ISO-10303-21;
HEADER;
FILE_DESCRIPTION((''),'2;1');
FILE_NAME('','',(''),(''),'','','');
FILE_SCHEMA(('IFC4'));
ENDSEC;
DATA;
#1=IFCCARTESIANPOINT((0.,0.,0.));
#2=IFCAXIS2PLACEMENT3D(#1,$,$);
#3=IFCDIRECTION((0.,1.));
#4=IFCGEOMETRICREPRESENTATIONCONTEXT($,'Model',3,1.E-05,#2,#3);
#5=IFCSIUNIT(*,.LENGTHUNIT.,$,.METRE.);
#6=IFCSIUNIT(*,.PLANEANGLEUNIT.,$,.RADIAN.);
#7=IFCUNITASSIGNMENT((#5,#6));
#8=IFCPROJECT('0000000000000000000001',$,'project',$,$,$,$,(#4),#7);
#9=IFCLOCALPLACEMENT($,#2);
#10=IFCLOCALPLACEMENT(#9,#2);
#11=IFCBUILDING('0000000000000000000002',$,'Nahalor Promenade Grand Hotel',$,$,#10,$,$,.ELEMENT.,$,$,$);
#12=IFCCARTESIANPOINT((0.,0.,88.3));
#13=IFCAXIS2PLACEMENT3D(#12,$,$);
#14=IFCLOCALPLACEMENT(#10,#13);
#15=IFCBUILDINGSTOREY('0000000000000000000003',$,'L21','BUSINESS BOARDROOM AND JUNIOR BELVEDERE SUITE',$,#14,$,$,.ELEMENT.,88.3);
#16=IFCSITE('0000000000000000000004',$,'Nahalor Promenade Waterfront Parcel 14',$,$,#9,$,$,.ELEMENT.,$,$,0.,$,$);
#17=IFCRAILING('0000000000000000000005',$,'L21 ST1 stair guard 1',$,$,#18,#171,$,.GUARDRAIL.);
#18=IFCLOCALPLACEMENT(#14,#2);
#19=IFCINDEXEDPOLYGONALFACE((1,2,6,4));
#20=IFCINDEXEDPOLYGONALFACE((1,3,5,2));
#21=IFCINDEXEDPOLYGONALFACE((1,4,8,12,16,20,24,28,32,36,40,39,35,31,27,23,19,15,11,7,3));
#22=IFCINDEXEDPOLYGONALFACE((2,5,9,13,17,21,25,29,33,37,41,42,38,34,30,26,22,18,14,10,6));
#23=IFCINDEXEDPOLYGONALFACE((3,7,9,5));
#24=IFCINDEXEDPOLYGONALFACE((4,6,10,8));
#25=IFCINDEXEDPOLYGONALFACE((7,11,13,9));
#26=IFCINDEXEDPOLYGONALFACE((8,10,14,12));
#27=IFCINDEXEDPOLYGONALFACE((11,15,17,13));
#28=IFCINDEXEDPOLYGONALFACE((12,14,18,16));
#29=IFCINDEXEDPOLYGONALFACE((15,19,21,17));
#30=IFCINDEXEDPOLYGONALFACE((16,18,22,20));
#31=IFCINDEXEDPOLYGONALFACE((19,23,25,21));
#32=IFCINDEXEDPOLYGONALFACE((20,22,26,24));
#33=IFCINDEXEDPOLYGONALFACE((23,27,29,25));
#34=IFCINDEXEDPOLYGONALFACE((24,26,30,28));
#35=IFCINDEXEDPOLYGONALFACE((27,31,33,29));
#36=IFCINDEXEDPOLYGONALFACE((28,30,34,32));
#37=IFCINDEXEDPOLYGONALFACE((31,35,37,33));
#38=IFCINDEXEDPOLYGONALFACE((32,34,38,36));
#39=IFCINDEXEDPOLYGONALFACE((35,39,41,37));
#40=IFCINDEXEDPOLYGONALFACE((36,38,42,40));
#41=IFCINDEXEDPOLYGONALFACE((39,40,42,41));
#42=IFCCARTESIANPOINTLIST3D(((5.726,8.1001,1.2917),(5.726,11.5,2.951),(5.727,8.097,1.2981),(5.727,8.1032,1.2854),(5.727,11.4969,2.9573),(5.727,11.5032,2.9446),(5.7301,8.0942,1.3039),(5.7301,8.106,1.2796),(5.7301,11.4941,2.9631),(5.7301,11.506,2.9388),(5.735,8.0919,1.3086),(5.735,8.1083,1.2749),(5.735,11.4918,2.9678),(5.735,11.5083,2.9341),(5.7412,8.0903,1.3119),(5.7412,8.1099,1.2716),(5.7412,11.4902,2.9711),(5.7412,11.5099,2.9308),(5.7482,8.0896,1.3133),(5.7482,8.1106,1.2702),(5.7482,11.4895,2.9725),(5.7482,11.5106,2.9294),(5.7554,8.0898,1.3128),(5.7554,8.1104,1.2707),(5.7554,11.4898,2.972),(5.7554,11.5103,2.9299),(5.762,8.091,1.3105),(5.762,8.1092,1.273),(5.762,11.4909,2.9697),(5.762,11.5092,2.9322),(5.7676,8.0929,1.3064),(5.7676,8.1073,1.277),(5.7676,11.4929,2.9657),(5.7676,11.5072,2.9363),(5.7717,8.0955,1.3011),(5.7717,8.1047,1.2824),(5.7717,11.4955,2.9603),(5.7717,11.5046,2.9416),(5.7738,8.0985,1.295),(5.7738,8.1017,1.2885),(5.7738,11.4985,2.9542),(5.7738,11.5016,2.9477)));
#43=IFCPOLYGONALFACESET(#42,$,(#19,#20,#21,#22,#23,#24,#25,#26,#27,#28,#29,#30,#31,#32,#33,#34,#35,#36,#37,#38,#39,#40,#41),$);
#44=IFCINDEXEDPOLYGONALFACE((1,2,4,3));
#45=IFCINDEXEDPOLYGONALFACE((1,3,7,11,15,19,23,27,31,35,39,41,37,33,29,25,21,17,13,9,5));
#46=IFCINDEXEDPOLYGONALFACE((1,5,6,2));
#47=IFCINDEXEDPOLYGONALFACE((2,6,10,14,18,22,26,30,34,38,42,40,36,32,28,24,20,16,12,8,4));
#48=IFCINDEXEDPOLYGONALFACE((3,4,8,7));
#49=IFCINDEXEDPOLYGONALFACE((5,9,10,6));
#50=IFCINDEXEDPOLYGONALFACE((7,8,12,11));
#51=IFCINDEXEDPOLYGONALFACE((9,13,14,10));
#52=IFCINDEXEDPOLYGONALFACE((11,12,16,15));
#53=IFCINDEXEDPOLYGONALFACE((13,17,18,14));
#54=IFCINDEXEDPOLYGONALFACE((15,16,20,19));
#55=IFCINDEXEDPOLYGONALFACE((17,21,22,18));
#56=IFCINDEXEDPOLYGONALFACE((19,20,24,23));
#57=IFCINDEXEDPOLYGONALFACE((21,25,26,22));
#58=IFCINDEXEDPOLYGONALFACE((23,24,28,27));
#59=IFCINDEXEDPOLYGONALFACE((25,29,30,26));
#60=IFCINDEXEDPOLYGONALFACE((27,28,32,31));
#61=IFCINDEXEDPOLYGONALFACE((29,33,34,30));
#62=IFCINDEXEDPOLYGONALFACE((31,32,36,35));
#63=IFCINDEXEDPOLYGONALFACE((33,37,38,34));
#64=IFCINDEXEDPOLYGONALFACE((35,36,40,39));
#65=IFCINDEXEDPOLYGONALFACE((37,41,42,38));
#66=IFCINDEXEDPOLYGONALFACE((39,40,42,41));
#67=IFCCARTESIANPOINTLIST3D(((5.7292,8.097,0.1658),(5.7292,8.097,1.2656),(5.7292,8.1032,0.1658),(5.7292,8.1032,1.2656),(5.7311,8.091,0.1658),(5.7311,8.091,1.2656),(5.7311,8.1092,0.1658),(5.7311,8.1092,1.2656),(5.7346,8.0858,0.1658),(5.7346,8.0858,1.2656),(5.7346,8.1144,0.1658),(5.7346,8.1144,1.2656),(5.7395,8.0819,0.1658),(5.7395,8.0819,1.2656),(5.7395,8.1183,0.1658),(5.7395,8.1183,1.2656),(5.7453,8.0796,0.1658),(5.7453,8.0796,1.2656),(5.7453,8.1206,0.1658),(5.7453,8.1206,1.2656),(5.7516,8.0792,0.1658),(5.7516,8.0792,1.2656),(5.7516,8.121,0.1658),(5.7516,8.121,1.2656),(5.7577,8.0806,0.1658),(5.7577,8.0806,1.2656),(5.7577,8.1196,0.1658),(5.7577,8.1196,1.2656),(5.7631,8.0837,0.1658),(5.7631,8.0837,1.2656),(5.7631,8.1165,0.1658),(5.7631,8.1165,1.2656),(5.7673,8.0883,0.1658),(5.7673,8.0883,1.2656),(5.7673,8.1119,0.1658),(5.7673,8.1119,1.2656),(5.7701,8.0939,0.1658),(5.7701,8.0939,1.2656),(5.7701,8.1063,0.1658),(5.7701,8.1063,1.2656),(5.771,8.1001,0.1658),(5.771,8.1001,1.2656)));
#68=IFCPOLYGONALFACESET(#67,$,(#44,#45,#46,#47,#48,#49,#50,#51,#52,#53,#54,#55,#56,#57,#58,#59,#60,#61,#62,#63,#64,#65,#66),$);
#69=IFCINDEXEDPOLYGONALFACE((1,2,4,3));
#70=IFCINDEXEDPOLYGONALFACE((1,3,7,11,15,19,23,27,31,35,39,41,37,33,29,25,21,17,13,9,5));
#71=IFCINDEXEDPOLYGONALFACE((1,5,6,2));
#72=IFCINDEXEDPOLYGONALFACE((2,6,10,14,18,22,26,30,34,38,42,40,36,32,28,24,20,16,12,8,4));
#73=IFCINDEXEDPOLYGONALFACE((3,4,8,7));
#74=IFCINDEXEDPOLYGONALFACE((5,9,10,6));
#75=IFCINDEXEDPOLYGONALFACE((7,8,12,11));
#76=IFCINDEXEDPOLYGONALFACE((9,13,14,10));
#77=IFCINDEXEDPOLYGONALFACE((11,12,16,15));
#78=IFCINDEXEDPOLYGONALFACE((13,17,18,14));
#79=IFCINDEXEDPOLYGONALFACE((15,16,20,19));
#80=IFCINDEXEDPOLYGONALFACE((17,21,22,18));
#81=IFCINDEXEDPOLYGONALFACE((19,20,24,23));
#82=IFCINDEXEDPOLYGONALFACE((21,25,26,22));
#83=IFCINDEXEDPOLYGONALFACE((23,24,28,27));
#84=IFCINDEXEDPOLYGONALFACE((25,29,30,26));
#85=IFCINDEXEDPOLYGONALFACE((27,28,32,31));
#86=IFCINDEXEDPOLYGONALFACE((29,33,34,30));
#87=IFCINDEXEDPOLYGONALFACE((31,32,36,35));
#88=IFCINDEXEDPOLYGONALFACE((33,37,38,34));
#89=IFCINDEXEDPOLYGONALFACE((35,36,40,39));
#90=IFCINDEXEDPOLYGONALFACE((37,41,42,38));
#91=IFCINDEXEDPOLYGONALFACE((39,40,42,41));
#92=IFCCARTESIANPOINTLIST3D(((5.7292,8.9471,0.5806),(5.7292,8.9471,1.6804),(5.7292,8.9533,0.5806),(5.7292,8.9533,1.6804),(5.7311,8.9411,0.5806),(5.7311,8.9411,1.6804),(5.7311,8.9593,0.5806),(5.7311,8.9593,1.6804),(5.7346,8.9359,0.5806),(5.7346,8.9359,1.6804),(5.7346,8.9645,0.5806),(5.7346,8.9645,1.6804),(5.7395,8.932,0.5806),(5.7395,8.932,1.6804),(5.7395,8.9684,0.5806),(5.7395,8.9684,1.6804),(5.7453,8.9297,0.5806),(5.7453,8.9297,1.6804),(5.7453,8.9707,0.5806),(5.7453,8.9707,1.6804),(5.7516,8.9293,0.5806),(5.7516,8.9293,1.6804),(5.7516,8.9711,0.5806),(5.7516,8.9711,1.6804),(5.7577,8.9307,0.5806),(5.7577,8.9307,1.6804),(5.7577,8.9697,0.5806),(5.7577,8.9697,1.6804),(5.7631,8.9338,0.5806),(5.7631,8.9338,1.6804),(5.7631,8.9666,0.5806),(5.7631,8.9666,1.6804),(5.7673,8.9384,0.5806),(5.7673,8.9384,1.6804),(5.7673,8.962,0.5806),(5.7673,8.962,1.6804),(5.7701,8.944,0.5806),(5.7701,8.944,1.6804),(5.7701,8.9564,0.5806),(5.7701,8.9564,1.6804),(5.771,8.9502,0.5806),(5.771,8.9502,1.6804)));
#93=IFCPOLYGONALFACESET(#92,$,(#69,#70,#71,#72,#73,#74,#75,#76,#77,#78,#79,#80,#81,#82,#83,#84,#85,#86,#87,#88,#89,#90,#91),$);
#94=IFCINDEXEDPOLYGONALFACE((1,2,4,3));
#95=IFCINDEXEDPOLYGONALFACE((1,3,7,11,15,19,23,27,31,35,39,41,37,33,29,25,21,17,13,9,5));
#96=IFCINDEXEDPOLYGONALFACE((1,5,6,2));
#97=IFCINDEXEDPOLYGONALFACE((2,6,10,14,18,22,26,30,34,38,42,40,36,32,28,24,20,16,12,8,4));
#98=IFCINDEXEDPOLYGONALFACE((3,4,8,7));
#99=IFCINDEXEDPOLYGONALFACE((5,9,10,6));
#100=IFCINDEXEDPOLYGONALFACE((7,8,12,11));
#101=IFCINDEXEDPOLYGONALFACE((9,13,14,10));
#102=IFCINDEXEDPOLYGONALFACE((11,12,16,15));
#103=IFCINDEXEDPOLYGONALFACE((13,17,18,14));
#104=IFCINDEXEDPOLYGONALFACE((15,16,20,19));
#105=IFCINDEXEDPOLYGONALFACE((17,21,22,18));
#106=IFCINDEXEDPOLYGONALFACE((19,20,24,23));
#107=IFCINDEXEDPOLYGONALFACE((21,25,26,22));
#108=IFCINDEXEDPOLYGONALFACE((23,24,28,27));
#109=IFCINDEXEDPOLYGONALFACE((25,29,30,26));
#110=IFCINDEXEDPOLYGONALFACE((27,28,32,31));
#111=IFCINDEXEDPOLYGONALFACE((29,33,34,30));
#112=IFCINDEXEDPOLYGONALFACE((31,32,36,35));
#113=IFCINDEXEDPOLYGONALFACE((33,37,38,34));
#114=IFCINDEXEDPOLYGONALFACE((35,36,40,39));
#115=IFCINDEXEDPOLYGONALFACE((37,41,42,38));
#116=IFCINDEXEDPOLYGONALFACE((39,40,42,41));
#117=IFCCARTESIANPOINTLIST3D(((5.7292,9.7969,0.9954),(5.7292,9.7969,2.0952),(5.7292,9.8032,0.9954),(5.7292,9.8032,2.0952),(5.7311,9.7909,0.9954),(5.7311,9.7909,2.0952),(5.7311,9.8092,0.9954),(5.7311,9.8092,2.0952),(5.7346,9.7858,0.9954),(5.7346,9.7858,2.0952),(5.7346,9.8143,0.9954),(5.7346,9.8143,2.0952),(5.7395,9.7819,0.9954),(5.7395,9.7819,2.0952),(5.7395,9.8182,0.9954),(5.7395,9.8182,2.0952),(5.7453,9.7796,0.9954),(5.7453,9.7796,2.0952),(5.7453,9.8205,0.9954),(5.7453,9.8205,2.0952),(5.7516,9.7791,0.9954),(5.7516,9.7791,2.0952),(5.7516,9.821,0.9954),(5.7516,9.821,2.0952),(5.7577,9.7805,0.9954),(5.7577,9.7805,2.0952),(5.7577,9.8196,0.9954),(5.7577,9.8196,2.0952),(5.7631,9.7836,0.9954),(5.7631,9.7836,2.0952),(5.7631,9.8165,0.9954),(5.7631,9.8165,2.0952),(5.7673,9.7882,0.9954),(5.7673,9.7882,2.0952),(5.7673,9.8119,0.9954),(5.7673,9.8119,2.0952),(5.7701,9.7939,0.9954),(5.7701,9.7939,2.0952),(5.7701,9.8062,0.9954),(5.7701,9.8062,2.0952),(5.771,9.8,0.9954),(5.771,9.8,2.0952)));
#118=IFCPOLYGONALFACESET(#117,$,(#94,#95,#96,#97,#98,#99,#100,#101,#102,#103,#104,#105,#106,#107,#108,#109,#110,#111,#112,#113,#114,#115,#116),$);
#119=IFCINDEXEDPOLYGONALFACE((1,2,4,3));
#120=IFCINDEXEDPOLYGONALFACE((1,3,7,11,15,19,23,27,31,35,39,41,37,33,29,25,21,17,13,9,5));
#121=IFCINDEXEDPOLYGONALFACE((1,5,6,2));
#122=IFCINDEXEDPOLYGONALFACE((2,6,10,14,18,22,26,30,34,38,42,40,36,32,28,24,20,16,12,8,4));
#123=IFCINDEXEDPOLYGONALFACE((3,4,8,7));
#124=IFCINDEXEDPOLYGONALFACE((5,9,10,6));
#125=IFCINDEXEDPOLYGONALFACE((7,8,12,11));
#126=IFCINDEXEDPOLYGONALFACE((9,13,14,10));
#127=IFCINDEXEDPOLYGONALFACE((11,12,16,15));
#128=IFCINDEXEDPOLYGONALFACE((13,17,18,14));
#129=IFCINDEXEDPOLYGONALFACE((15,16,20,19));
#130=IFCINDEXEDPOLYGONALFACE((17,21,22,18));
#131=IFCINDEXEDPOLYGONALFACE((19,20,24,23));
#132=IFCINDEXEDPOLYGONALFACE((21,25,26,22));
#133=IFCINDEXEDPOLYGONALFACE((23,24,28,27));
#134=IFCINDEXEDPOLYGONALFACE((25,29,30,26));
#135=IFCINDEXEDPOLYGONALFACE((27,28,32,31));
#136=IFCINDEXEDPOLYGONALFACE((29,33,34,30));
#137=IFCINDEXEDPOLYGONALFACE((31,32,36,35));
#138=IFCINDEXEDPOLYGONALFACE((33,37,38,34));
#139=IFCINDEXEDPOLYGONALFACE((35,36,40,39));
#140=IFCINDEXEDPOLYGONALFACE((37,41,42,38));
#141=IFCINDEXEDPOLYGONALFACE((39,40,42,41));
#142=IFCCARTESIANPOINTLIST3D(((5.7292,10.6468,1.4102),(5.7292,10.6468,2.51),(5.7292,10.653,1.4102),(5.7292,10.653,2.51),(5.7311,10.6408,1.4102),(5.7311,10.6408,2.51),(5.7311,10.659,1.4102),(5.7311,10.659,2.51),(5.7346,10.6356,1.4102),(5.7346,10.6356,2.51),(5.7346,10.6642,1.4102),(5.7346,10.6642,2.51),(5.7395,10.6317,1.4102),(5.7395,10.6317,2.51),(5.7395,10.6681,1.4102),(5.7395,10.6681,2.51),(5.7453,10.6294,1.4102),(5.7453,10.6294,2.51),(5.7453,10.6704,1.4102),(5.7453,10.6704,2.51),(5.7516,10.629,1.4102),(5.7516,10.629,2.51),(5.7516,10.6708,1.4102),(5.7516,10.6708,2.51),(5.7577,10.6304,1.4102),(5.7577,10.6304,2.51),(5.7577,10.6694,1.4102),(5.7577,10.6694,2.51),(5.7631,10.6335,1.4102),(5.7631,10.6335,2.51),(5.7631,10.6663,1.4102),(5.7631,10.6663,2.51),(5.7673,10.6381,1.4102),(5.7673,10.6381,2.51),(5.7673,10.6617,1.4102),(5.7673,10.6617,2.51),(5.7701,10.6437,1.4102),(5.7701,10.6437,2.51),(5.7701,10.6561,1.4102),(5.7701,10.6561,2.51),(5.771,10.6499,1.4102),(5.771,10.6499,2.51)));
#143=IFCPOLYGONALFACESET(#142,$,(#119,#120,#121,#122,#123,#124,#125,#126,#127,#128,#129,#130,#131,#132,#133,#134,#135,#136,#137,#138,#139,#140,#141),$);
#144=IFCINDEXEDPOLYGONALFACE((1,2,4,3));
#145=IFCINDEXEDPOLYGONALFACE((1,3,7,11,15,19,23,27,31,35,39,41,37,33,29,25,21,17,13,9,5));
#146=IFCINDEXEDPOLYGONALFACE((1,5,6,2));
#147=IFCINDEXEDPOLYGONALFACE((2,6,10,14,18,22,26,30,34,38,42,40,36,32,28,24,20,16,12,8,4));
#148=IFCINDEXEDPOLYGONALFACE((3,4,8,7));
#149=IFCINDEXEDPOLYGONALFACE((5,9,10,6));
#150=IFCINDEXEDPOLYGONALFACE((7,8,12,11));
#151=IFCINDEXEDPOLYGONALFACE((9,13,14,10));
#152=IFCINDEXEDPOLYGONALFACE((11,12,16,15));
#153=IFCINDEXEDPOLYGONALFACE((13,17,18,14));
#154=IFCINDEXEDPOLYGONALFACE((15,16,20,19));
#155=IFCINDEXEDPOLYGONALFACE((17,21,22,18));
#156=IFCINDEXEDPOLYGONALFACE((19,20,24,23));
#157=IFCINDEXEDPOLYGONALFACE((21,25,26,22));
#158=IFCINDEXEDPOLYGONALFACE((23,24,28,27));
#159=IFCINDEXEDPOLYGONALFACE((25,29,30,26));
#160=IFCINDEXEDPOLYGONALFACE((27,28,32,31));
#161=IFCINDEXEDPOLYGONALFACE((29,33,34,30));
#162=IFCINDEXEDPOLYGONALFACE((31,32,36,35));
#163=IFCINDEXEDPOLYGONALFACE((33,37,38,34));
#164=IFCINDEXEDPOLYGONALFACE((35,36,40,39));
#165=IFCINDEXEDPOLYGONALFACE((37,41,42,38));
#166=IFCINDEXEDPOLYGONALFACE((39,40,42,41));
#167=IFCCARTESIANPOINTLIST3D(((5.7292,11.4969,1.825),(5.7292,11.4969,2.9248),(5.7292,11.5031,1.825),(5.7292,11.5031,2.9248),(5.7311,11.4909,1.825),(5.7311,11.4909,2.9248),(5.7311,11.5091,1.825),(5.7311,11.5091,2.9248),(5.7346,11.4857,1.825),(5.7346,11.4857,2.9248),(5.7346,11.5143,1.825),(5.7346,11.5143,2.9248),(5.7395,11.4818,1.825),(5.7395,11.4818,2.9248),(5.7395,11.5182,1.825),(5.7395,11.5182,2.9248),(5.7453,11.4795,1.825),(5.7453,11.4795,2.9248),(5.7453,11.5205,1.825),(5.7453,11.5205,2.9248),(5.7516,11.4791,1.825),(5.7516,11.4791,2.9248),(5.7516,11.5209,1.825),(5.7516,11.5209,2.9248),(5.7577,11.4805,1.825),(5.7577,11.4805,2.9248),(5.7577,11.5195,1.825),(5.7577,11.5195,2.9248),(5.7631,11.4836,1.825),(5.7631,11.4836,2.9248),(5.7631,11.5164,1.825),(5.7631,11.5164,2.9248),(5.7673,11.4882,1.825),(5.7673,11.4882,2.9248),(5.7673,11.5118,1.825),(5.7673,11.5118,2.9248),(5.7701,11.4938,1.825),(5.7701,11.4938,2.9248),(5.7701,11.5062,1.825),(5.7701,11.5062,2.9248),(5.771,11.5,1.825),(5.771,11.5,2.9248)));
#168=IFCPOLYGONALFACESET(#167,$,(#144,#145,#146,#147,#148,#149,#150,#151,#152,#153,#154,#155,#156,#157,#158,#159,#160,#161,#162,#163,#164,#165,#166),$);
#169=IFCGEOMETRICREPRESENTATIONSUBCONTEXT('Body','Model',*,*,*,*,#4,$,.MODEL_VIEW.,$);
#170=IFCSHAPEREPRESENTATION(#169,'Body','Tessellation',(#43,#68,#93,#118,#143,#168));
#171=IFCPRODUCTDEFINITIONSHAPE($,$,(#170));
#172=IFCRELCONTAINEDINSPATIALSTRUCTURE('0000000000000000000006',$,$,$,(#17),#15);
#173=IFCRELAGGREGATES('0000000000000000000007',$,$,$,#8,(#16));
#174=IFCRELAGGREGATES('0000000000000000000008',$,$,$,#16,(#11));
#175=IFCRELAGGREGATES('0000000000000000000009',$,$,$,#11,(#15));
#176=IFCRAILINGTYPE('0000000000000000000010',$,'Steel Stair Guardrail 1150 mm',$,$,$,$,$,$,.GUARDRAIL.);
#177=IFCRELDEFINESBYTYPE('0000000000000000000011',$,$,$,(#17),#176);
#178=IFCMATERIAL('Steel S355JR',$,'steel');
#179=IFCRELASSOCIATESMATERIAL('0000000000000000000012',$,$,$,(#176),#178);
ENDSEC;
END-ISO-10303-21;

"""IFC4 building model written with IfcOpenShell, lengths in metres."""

from ifc_helpers import new_model, si_unit, direction, frame, origin, origin_2d, place, context, subcontext, project, spatial, circle, extrude, material, type_object, element, save


model = new_model("IFC4")

# Units and contexts
model_context = context("Model", 3, precision=1e-05, world=origin(), true_north=direction((0.0, 1.0)))
body_context = subcontext(model_context, "Body", "Model", "MODEL_VIEW")
ifc_project = project(units=[si_unit("LENGTHUNIT", "METRE"), si_unit("PLANEANGLEUNIT", "RADIAN")], contexts=[model_context])

# Site, building, storey
site_placement = place(None, origin())
site = spatial("IfcSite", under=ifc_project, at=site_placement, Name="Nahalor Promenade Waterfront Parcel 14", CompositionType="ELEMENT", RefElevation=0.0)
building_placement = place(site_placement, origin())
building = spatial("IfcBuilding", under=site, at=building_placement, Name="Nahalor Promenade Grand Hotel", CompositionType="ELEMENT")
storey_placement = place(building_placement, frame((0.0, 0.0, 88.3)))
storey = spatial("IfcBuildingStorey", under=building, at=storey_placement, Name="L21", Description="BUSINESS BOARDROOM AND JUNIOR BELVEDERE SUITE", CompositionType="ELEMENT", Elevation=88.3)

# Shared definitions
ifc_material_1 = material(Name="Steel S355JR", Category="steel")

# Railing
railing_type_1 = type_object("IfcRailingType", Name="Steel Stair Guardrail 1150 mm", PredefinedType="GUARDRAIL", material=ifc_material_1)
railing_1_placement = place(storey_placement, frame((5.75, 8.1001, 0.1658)))
element("IfcRailing", 1, at=railing_1_placement, inside=storey, type_object=railing_type_1, Name="L21 ST1 stair guard 1", PredefinedType="GUARDRAIL", context=body_context, shape_type="SweptSolid", body=[
    extrude(circle(Radius=0.024, at=origin_2d()), frame((0.0, 0.0, 1.126), z_axis=(0.0, 0.898696, 0.438571), x_axis=(-1.0, 0.0, 0.0)), (0.0, 0.0, 1.0), 3.7832),
    extrude(circle(Radius=0.021, at=origin_2d()), origin(), (0.0, 0.0, 1.0), 1.0999),
    extrude(circle(Radius=0.021, at=origin_2d()), frame((0.0, 0.8501, 0.4148)), (0.0, 0.0, 1.0), 1.0999),
    extrude(circle(Radius=0.021, at=origin_2d()), frame((0.0, 1.7, 0.8296)), (0.0, 0.0, 1.0), 1.0999),
    extrude(circle(Radius=0.021, at=origin_2d()), frame((0.0, 2.5498, 1.2444)), (0.0, 0.0, 1.0), 1.0999),
    extrude(circle(Radius=0.021, at=origin_2d()), frame((0.0, 3.3999, 1.6592)), (0.0, 0.0, 1.0), 1.0999),
])

save(model, "model.ifc")
